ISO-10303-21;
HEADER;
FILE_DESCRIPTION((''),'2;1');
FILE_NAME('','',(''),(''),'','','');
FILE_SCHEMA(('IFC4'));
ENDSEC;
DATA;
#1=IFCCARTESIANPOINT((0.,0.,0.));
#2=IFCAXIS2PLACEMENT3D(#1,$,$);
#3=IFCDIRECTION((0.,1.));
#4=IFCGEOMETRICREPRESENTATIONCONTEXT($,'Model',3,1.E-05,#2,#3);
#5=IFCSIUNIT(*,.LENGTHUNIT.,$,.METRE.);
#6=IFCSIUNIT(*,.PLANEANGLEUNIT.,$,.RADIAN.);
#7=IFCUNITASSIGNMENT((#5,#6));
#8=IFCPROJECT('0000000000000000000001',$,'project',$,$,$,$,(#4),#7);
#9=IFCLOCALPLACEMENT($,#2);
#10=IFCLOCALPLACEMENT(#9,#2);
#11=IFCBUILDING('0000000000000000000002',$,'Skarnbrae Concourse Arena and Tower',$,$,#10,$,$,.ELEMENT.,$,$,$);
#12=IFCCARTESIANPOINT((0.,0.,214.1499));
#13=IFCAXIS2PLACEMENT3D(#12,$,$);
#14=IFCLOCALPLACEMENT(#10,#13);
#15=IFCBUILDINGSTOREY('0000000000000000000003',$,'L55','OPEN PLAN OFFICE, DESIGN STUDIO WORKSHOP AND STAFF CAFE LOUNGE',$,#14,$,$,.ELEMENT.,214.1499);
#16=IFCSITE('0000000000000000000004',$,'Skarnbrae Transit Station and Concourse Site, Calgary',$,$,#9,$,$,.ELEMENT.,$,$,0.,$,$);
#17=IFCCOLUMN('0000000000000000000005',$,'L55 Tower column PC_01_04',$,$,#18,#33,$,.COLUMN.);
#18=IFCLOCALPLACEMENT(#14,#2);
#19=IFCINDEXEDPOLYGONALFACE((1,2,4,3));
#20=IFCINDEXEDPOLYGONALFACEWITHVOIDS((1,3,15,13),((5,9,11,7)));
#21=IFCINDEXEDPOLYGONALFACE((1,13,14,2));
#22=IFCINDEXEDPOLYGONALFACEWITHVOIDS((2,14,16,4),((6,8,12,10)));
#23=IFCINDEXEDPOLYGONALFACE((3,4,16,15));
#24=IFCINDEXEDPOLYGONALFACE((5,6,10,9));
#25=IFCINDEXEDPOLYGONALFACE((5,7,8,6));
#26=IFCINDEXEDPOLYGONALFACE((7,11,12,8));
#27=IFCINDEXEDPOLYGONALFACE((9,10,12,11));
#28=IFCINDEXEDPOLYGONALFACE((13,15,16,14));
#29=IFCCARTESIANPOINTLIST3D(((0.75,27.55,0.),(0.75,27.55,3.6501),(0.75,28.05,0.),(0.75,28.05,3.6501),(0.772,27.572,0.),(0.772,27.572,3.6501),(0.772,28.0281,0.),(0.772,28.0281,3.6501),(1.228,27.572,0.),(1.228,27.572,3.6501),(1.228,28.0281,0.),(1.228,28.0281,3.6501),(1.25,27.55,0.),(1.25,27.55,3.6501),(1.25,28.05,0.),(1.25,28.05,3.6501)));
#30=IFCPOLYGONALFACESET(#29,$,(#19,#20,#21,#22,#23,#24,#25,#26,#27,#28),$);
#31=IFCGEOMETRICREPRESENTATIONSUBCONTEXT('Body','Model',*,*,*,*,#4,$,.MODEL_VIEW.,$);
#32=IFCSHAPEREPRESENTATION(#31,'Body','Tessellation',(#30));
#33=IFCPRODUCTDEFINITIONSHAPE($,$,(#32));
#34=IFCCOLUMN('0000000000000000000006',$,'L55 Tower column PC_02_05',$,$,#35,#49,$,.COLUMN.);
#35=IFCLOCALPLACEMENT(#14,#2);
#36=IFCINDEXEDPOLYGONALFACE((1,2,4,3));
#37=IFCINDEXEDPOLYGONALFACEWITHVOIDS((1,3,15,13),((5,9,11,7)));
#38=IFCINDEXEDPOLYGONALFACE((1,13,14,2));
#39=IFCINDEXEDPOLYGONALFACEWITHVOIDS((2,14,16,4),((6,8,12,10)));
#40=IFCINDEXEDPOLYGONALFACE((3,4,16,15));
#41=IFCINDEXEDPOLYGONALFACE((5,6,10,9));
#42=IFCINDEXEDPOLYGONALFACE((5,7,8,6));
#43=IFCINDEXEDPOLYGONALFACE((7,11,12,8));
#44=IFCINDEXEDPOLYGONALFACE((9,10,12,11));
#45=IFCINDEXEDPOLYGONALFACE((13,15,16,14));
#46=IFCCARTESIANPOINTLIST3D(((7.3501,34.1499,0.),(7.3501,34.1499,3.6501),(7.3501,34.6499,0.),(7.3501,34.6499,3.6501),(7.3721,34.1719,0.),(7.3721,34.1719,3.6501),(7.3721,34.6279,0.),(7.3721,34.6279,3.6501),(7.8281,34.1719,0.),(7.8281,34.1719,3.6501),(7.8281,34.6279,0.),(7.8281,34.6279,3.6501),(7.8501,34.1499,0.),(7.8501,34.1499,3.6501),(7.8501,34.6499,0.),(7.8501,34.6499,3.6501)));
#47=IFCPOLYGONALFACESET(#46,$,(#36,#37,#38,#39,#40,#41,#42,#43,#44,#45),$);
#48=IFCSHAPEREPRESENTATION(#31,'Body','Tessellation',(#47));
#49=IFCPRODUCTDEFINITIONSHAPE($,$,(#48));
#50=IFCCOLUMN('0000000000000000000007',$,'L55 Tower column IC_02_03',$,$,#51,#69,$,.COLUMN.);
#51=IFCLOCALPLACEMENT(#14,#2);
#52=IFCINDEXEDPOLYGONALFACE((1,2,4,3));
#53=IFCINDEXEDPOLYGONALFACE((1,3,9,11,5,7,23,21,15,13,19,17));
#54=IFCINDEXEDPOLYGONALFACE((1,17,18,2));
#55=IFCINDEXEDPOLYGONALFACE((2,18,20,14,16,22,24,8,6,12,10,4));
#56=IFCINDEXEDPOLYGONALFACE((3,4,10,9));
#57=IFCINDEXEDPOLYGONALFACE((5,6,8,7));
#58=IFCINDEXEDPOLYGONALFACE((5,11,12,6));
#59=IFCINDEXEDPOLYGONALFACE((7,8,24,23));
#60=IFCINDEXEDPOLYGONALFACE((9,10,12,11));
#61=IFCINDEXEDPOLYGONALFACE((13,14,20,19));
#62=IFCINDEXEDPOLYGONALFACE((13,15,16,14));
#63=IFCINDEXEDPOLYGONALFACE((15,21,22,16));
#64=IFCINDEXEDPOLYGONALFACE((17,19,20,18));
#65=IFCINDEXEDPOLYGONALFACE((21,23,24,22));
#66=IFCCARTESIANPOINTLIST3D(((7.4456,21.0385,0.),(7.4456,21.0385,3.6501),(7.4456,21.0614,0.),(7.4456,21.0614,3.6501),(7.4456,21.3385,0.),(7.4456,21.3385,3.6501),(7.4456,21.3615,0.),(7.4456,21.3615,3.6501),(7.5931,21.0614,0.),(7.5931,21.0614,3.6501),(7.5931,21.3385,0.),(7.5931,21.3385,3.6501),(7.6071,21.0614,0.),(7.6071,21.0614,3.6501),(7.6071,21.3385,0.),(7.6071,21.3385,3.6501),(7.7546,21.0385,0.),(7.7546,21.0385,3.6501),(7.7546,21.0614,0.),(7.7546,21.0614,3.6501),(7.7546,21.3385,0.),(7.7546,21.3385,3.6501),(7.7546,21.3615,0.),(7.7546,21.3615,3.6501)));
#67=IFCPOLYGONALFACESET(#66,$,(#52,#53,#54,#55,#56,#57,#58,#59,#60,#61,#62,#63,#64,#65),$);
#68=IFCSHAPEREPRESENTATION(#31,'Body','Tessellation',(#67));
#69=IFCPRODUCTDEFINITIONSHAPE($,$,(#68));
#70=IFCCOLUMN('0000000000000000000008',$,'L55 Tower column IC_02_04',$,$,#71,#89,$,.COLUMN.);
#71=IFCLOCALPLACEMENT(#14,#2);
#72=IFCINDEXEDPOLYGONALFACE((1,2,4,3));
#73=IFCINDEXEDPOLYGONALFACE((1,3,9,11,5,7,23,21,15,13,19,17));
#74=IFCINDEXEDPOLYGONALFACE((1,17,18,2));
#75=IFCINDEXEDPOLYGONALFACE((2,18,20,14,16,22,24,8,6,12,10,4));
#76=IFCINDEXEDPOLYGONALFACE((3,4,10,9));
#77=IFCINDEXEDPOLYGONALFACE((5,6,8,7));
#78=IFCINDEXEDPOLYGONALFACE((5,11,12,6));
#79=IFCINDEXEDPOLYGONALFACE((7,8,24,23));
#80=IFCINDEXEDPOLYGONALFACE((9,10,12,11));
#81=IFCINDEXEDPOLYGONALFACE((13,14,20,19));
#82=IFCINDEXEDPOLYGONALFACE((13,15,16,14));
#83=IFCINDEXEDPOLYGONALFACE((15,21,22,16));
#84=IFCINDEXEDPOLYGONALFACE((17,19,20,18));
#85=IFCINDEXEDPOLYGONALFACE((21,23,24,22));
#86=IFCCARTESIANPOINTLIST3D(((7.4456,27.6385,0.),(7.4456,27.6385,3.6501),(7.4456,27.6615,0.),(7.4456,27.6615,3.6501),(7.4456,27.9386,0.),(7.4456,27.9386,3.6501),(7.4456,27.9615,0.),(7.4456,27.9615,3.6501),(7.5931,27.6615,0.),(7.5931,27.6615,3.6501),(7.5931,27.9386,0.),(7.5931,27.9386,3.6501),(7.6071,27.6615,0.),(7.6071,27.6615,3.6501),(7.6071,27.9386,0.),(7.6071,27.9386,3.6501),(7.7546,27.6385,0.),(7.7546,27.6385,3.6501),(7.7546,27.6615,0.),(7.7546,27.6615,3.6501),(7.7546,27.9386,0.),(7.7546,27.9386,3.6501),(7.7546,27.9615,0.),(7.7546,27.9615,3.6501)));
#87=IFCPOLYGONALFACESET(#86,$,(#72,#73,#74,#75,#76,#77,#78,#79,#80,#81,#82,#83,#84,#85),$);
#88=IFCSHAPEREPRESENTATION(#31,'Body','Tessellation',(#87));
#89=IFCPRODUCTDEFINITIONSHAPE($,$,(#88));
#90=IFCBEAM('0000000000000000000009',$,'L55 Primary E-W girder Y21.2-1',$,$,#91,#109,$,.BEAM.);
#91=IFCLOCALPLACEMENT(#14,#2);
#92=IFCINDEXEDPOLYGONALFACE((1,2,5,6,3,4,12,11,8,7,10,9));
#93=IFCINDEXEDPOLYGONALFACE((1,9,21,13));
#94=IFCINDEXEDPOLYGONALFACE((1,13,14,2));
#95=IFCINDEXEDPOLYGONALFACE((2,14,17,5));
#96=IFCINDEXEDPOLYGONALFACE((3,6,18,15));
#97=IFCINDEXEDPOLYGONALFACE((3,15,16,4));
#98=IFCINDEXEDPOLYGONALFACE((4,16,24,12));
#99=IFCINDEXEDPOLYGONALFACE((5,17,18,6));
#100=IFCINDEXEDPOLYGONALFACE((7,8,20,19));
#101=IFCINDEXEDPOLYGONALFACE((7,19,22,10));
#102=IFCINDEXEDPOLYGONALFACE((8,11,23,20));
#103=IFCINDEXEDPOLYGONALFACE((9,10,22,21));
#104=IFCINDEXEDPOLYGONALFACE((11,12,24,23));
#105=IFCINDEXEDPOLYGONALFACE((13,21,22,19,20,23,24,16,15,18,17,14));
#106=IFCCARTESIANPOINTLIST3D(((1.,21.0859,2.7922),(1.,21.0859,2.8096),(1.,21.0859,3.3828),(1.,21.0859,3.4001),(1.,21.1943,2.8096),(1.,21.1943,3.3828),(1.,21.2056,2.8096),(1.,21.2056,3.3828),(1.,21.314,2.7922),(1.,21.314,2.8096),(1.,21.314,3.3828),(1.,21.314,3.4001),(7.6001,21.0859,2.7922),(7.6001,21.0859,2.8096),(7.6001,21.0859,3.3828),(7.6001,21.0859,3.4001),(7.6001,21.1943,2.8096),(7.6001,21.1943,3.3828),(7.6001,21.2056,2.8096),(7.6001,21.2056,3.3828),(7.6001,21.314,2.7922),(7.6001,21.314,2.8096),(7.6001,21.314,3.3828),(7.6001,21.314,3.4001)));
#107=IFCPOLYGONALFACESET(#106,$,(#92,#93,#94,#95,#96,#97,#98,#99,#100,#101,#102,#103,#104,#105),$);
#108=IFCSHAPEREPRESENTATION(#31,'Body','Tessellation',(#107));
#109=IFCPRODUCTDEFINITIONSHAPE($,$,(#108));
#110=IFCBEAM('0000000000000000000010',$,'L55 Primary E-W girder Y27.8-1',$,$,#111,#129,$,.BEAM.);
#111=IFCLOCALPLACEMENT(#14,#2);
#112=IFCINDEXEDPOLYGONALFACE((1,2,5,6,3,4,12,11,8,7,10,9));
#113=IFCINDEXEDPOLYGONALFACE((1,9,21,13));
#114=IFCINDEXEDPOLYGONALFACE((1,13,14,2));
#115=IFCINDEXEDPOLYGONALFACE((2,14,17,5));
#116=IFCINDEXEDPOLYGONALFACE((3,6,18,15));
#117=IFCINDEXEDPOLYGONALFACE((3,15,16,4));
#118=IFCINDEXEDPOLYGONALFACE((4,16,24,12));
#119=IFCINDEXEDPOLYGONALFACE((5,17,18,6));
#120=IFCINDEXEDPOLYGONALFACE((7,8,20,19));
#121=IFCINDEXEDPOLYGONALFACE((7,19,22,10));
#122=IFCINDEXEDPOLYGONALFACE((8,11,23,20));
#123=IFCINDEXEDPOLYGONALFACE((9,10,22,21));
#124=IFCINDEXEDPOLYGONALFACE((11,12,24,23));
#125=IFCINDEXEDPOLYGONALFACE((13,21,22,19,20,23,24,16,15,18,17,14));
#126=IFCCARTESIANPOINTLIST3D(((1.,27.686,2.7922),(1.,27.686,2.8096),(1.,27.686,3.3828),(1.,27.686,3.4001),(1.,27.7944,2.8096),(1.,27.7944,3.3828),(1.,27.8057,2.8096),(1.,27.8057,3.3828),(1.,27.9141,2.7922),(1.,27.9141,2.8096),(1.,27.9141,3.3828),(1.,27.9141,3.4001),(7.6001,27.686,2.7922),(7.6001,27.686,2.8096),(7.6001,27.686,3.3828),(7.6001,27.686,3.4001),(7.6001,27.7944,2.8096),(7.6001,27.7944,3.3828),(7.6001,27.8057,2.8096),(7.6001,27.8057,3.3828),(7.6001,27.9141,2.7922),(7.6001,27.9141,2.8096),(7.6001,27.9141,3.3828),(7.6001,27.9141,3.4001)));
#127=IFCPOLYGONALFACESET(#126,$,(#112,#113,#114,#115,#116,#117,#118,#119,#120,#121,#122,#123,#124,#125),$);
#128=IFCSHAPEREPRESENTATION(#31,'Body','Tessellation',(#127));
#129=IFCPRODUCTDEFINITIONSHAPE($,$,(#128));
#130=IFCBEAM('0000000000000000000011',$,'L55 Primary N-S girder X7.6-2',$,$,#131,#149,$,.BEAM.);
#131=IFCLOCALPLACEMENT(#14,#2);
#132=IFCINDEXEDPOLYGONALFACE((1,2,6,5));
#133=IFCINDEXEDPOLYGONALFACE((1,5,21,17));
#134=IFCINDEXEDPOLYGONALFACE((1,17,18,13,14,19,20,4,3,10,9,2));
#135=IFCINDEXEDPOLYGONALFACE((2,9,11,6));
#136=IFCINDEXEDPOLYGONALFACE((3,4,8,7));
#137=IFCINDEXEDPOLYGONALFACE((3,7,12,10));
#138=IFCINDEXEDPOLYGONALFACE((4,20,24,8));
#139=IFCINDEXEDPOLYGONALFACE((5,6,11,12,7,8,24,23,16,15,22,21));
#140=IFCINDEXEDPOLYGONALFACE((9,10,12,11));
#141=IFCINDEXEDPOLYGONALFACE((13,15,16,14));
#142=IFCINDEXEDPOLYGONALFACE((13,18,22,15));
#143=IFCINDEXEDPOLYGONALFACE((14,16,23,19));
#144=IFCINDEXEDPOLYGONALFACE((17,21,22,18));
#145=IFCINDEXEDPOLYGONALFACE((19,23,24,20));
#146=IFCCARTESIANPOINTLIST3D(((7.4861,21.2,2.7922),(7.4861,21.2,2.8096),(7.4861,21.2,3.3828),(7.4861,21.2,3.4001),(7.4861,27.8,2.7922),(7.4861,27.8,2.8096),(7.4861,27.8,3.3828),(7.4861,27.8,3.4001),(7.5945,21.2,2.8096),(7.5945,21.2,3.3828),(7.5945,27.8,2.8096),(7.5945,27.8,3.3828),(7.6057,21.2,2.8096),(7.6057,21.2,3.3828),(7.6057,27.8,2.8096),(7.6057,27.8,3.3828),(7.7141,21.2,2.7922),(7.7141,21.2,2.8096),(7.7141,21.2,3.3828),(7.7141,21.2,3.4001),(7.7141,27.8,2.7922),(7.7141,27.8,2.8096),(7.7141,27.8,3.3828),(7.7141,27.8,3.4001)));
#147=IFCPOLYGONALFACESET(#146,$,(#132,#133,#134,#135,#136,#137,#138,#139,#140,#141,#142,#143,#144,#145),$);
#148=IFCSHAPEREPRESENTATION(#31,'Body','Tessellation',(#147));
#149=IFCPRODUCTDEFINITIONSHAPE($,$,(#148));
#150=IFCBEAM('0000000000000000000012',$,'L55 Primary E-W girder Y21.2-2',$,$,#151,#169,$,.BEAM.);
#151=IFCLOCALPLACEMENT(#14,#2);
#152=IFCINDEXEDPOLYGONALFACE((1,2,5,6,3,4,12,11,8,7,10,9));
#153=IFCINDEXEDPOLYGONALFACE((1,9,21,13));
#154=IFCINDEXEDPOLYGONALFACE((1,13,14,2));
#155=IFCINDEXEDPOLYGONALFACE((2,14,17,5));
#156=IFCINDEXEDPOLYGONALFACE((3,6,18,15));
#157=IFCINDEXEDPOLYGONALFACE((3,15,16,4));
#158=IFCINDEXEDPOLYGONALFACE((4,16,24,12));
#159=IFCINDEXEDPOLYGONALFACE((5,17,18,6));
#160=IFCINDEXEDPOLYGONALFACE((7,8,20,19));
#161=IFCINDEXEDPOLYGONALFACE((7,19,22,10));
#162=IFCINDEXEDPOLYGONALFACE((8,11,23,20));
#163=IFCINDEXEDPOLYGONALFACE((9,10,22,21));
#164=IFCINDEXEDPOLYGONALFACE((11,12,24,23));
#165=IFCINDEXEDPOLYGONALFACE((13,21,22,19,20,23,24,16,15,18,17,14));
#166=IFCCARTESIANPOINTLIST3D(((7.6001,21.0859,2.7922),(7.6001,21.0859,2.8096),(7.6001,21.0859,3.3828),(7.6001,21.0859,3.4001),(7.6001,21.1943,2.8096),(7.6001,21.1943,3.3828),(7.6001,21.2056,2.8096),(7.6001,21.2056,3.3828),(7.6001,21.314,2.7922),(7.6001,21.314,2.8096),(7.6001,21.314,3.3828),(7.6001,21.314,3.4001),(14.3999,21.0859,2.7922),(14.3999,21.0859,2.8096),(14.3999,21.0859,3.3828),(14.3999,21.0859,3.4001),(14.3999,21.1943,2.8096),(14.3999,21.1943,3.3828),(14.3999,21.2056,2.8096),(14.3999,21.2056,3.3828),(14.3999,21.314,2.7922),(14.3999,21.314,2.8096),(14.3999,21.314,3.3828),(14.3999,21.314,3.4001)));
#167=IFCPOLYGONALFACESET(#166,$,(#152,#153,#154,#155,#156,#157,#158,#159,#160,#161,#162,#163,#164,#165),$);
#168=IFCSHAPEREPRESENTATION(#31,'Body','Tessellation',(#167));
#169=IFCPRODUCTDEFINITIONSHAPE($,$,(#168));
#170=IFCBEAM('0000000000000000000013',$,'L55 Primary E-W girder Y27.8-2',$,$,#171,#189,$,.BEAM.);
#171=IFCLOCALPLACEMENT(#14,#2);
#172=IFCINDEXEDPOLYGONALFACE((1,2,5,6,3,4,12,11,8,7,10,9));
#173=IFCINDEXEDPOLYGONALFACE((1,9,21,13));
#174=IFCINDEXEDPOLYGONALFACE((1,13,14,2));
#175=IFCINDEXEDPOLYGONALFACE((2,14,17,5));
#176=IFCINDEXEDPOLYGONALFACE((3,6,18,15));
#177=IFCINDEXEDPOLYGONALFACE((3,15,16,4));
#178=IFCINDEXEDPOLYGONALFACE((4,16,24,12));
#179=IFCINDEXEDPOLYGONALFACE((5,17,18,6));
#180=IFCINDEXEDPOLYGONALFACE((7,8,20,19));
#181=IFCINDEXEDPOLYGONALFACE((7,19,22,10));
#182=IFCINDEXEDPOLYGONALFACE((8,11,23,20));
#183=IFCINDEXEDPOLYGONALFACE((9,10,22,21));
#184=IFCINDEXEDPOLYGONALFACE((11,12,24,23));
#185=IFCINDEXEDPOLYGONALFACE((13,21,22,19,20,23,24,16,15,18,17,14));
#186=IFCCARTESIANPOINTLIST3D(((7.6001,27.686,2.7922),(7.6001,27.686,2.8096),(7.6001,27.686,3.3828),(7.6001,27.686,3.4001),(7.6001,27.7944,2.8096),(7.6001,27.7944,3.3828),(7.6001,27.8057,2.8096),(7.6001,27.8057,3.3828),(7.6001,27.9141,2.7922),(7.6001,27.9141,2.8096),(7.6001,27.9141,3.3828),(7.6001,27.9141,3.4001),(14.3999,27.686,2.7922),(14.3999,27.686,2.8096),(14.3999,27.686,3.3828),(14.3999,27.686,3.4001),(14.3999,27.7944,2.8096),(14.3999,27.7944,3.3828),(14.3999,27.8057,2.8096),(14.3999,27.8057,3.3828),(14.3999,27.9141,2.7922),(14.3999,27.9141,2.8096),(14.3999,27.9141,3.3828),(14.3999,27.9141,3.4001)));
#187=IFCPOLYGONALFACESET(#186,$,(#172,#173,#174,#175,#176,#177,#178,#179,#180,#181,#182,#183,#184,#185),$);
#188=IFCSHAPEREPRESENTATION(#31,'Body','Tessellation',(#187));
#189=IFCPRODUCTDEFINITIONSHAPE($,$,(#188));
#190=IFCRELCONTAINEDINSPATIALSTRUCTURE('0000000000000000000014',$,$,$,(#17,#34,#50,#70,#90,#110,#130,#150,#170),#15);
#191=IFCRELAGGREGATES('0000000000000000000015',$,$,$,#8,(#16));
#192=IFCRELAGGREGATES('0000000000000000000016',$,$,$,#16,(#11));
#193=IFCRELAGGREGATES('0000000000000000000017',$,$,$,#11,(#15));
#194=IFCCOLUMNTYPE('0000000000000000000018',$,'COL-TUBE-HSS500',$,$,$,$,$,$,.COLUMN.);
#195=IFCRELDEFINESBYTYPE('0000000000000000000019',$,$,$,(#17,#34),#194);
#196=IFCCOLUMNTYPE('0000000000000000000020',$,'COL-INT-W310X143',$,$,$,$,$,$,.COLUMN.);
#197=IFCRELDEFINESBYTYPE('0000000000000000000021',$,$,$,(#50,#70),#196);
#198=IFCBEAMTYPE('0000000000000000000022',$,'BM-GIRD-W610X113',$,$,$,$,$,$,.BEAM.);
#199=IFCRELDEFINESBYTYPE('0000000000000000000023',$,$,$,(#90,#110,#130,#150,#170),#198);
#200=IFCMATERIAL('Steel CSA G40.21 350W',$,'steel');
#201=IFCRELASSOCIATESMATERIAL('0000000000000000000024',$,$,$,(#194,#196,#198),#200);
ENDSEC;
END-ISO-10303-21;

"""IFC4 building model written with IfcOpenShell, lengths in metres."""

from ifc_helpers import new_model, si_unit, direction, frame, origin, origin_2d, place, context, subcontext, project, spatial, hollow_rectangle, i_section, extrude, source, transform, mapped, material, material_profile, profile_set, type_object, element, save


model = new_model("IFC4")

# Units and contexts
model_context = context("Model", 3, precision=1e-05, world=origin(), true_north=direction((0.0, 1.0)))
body_context = subcontext(model_context, "Body", "Model", "MODEL_VIEW")
ifc_project = project(units=[si_unit("LENGTHUNIT", "METRE"), si_unit("PLANEANGLEUNIT", "RADIAN")], contexts=[model_context])

# Site, building, storey
site_placement = place(None, origin())
site = spatial("IfcSite", under=ifc_project, at=site_placement, Name="Skarnbrae Transit Station and Concourse Site, Calgary", CompositionType="ELEMENT", RefElevation=0.0)
building_placement = place(site_placement, origin())
building = spatial("IfcBuilding", under=site, at=building_placement, Name="Skarnbrae Concourse Arena and Tower", CompositionType="ELEMENT")
storey_placement = place(building_placement, frame((0.0, 0.0, 214.1499)))
storey = spatial("IfcBuildingStorey", under=building, at=storey_placement, Name="L55", Description="OPEN PLAN OFFICE, DESIGN STUDIO WORKSHOP AND STAFF CAFE LOUNGE", CompositionType="ELEMENT", Elevation=214.1499)

# Columns
ifc_material_1 = material(Name="Steel CSA G40.21 350W", Category="steel")
ifc_material_profile_1 = material_profile(ifc_material_1, hollow_rectangle(XDim=0.5, YDim=0.5, WallThickness=0.022, at=origin_2d()), Name="HSS500X500X22.0")
ifc_profile_set_1 = profile_set([ifc_material_profile_1], Name="Steel CSA G40.21 350W")
column_type_1 = type_object("IfcColumnType", Name="COL-TUBE-HSS500", PredefinedType="COLUMN", material=ifc_profile_set_1)
shared_shape_1 = source(origin(), body_context, "Body", "SweptSolid", [
    extrude(hollow_rectangle(XDim=0.5, YDim=0.5, WallThickness=0.022, at=origin_2d()), origin(), (0.0, 0.0, 1.0), 3.6501),
])
for number, where, z_axis, x_axis, name in (
    (1, (1.0, 27.8, 0.0), (0.0, 0.0, 1.0), (1.0, 0.0, 0.0), "L55 Tower column PC_01_04"),
    (2, (7.6001, 34.3999, 0.0), (0.0, 0.0, 1.0), (1.0, 0.0, 0.0), "L55 Tower column PC_02_05"),
):
    element("IfcColumn", number, at=place(storey_placement, frame(where, z_axis=z_axis, x_axis=x_axis)), inside=storey, type_object=column_type_1, Name=name, PredefinedType="COLUMN", context=body_context, shape_type="MappedRepresentation", body=[
        mapped(shared_shape_1, transform((0.0, 0.0, 0.0))),
    ])
ifc_material_profile_2 = material_profile(ifc_material_1, i_section(OverallWidth=0.3091, OverallDepth=0.323, WebThickness=0.0139, FlangeThickness=0.0229, at=origin_2d()), Name="W310X143")
ifc_profile_set_2 = profile_set([ifc_material_profile_2], Name="Steel CSA G40.21 350W")
column_type_2 = type_object("IfcColumnType", Name="COL-INT-W310X143", PredefinedType="COLUMN", material=ifc_profile_set_2)
shared_shape_2 = source(origin(), body_context, "Body", "SweptSolid", [
    extrude(i_section(OverallWidth=0.3091, OverallDepth=0.323, WebThickness=0.0139, FlangeThickness=0.0229, at=origin_2d()), origin(), (0.0, 0.0, 1.0), 3.6501),
])
for number, where, z_axis, x_axis, name in (
    (3, (7.6001, 21.2, 0.0), (0.0, 0.0, 1.0), (1.0, 0.0, 0.0), "L55 Tower column IC_02_03"),
    (4, (7.6001, 27.8, 0.0), (0.0, 0.0, 1.0), (1.0, 0.0, 0.0), "L55 Tower column IC_02_04"),
):
    element("IfcColumn", number, at=place(storey_placement, frame(where, z_axis=z_axis, x_axis=x_axis)), inside=storey, type_object=column_type_2, Name=name, PredefinedType="COLUMN", context=body_context, shape_type="MappedRepresentation", body=[
        mapped(shared_shape_2, transform((0.0, 0.0, 0.0))),
    ])

# Beams
ifc_material_profile_3 = material_profile(ifc_material_1, i_section(OverallWidth=0.228, OverallDepth=0.6079, WebThickness=0.0112, FlangeThickness=0.0173, at=origin_2d()), Name="W610X113")
ifc_profile_set_3 = profile_set([ifc_material_profile_3], Name="Steel CSA G40.21 350W")
beam_type_1 = type_object("IfcBeamType", Name="BM-GIRD-W610X113", PredefinedType="BEAM", material=ifc_profile_set_3)
shared_shape_3 = source(origin(), body_context, "Body", "SweptSolid", [
    extrude(i_section(OverallWidth=0.228, OverallDepth=0.6079, WebThickness=0.0112, FlangeThickness=0.0173, at=origin_2d()), origin(), (0.0, 0.0, 1.0), 6.6001),
])
for number, where, z_axis, x_axis, name in (
    (5, (1.0, 21.2, 3.0962), (1.0, 0.0, 0.0), (0.0, 1.0, 0.0), "L55 Primary E-W girder Y21.2-1"),
    (6, (1.0, 27.8, 3.0962), (1.0, 0.0, 0.0), (0.0, 1.0, 0.0), "L55 Primary E-W girder Y27.8-1"),
    (7, (7.6001, 21.2, 3.0962), (0.0, 1.0, 0.0), (-1.0, 0.0, 0.0), "L55 Primary N-S girder X7.6-2"),
):
    element("IfcBeam", number, at=place(storey_placement, frame(where, z_axis=z_axis, x_axis=x_axis)), inside=storey, type_object=beam_type_1, Name=name, PredefinedType="BEAM", context=body_context, shape_type="MappedRepresentation", body=[
        mapped(shared_shape_3, transform((0.0, 0.0, 0.0))),
    ])
shared_shape_4 = source(origin(), body_context, "Body", "SweptSolid", [
    extrude(i_section(OverallWidth=0.228, OverallDepth=0.6079, WebThickness=0.0112, FlangeThickness=0.0173, at=origin_2d()), origin(), (0.0, 0.0, 1.0), 6.7998),
])
for number, where, z_axis, x_axis, name in (
    (8, (7.6001, 21.2, 3.0962), (1.0, 0.0, 0.0), (0.0, 1.0, 0.0), "L55 Primary E-W girder Y21.2-2"),
    (9, (7.6001, 27.8, 3.0962), (1.0, 0.0, 0.0), (0.0, 1.0, 0.0), "L55 Primary E-W girder Y27.8-2"),
):
    element("IfcBeam", number, at=place(storey_placement, frame(where, z_axis=z_axis, x_axis=x_axis)), inside=storey, type_object=beam_type_1, Name=name, PredefinedType="BEAM", context=body_context, shape_type="MappedRepresentation", body=[
        mapped(shared_shape_4, transform((0.0, 0.0, 0.0))),
    ])

save(model, "model.ifc")
